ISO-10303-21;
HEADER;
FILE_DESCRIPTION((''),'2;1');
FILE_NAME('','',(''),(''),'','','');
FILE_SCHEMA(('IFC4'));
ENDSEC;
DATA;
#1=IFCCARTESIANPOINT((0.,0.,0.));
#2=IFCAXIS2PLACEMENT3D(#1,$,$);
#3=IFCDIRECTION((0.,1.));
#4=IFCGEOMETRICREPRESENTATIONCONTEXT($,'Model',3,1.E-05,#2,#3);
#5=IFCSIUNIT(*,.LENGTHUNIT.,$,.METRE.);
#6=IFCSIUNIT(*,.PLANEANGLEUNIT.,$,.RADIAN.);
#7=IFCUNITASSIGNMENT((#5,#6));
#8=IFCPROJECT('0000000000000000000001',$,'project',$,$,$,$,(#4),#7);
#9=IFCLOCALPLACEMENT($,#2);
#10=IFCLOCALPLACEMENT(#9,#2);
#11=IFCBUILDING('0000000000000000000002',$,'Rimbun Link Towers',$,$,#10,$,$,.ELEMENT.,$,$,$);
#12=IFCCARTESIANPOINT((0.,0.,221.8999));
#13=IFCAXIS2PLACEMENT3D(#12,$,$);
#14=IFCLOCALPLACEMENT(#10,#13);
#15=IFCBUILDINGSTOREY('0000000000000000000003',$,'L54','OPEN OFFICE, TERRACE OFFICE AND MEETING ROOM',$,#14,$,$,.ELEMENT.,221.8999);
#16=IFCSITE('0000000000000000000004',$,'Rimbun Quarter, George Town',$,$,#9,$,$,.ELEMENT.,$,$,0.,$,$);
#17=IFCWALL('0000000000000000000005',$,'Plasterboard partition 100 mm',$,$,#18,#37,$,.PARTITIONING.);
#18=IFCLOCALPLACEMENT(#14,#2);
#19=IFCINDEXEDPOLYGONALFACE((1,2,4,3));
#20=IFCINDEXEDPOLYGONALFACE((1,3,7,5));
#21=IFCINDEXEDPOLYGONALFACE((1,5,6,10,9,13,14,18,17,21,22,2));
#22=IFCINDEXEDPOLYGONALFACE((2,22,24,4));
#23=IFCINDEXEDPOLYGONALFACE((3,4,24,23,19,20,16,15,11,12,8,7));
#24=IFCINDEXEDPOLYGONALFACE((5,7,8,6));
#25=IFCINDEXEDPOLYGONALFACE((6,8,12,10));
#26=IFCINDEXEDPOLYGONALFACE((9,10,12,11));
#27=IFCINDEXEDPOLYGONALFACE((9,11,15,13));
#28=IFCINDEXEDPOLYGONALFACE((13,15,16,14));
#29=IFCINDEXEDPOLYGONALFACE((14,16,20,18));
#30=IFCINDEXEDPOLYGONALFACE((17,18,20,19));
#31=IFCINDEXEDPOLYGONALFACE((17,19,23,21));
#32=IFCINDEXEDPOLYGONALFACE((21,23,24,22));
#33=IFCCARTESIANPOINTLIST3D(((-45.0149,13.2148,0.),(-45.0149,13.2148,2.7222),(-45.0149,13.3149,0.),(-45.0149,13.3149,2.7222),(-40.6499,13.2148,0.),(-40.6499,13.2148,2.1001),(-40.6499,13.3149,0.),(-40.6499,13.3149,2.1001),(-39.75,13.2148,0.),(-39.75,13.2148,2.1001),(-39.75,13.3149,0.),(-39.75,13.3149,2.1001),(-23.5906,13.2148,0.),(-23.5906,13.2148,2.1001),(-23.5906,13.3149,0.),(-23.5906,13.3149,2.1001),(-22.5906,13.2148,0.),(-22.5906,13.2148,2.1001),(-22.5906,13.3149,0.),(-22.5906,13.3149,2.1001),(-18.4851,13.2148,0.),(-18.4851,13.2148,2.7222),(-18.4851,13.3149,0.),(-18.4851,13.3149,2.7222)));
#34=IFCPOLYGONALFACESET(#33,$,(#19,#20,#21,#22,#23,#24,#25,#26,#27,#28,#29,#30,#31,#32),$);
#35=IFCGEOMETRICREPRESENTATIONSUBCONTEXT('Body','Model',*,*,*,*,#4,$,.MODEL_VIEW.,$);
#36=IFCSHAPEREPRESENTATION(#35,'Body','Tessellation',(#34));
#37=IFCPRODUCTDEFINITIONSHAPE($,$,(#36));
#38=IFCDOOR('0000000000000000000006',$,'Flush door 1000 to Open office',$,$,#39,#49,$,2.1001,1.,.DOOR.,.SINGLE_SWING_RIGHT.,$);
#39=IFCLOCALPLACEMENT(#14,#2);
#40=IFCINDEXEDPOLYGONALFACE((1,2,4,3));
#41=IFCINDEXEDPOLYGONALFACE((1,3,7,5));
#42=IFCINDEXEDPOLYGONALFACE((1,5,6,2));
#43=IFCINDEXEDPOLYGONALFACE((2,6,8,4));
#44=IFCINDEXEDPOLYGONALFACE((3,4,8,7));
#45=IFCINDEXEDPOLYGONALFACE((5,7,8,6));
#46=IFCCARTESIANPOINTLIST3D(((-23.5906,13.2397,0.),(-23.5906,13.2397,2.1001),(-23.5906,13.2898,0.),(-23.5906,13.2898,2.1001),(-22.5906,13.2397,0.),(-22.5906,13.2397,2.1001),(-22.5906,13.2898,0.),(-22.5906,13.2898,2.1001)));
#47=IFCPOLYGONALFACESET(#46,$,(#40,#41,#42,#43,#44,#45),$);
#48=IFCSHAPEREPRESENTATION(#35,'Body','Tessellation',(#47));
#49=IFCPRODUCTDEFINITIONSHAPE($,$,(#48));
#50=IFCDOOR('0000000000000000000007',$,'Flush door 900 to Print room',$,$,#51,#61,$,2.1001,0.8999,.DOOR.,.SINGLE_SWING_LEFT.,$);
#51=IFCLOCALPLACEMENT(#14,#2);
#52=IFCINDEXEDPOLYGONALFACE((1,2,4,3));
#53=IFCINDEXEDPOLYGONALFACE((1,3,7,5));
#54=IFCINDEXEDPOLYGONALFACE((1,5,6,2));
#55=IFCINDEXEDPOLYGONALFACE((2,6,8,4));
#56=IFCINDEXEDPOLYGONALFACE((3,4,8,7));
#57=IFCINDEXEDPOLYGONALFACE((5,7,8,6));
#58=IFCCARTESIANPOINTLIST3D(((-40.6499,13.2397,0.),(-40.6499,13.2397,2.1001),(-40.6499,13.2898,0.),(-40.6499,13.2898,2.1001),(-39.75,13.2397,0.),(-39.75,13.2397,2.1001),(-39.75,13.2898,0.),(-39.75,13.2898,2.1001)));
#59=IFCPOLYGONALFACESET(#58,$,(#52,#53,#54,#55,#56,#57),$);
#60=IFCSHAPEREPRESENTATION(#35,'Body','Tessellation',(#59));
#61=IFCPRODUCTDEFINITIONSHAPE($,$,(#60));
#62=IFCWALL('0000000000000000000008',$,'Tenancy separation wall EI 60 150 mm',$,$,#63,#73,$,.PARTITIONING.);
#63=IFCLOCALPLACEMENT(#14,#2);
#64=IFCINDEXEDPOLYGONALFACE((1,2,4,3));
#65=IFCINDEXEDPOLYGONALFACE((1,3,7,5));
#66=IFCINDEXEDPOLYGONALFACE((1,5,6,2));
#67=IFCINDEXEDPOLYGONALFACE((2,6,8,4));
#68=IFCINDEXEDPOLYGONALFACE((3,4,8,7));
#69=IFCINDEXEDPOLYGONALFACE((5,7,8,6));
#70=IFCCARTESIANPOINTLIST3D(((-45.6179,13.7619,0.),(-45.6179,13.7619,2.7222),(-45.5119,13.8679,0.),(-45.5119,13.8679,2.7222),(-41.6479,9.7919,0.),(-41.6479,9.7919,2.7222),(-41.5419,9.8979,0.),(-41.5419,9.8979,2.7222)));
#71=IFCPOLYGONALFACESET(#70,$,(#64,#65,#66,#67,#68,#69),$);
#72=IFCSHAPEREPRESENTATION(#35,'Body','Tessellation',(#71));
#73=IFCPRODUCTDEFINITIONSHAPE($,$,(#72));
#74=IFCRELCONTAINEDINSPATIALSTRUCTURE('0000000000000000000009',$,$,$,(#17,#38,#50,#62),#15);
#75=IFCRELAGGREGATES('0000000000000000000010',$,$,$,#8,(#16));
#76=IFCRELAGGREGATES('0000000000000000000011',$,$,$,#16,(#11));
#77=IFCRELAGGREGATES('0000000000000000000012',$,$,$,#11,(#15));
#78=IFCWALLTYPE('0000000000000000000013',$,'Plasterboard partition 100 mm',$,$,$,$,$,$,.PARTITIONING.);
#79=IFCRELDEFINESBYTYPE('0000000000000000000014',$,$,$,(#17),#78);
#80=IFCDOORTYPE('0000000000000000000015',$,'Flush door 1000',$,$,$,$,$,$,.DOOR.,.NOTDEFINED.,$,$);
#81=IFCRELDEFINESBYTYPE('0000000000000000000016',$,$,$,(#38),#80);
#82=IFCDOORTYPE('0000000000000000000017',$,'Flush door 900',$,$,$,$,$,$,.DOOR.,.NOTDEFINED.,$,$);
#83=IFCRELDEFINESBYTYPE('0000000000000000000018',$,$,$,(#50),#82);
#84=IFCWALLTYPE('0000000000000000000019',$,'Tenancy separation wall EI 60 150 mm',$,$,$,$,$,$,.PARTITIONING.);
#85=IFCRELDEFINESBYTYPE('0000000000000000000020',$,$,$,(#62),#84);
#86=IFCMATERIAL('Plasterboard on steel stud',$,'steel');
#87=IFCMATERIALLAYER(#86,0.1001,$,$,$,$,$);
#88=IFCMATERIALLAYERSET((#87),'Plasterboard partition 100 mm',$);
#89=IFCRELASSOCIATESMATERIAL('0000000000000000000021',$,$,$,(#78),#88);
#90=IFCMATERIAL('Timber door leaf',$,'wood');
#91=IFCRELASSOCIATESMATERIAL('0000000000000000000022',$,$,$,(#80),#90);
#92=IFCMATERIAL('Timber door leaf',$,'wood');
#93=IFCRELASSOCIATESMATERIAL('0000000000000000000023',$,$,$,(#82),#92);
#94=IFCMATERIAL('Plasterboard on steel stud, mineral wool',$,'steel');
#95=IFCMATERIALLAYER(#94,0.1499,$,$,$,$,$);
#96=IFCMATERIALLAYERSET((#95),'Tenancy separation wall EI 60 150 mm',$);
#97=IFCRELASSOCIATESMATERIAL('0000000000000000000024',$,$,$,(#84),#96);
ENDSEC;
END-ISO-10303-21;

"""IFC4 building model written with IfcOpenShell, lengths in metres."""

from ifc_helpers import new_model, si_unit, direction, frame, frame_2d, origin, place, context, subcontext, project, spatial, rectangle, extrude, material, layer, layer_set, type_object, element, fill, save


model = new_model("IFC4")

# Units and contexts
model_context = context("Model", 3, precision=1e-05, world=origin(), true_north=direction((0.0, 1.0)))
body_context = subcontext(model_context, "Body", "Model", "MODEL_VIEW")
ifc_project = project(units=[si_unit("LENGTHUNIT", "METRE"), si_unit("PLANEANGLEUNIT", "RADIAN")], contexts=[model_context])

# Site, building, storey
site_placement = place(None, origin())
site = spatial("IfcSite", under=ifc_project, at=site_placement, Name="Rimbun Quarter, George Town", CompositionType="ELEMENT", RefElevation=0.0)
building_placement = place(site_placement, origin())
building = spatial("IfcBuilding", under=site, at=building_placement, Name="Rimbun Link Towers", CompositionType="ELEMENT")
storey_placement = place(building_placement, frame((0.0, 0.0, 221.8999)))
storey = spatial("IfcBuildingStorey", under=building, at=storey_placement, Name="L54", Description="OPEN OFFICE, TERRACE OFFICE AND MEETING ROOM", CompositionType="ELEMENT", Elevation=221.8999)

# Wall, openings, doors
ifc_material_1 = material(Name="Plasterboard on steel stud", Category="steel")
ifc_layer_1 = layer(ifc_material_1, 0.1001)
ifc_layer_set_1 = layer_set([ifc_layer_1], Name="Plasterboard partition 100 mm")
wall_type_1 = type_object("IfcWallType", Name="Plasterboard partition 100 mm", PredefinedType="PARTITIONING", material=ifc_layer_set_1)
wall_1_placement = place(storey_placement, frame((-45.0149, 13.2649, 0.0), z_axis=(0.0, 0.0, 1.0), x_axis=(1.0, 0.0, 0.0)))
wall_1 = element("IfcWall", 1, at=wall_1_placement, inside=storey, type_object=wall_type_1, Name="Plasterboard partition 100 mm", PredefinedType="PARTITIONING", context=body_context, shape_type="SweptSolid", body=[
    extrude(rectangle(XDim=26.5298, YDim=0.1001, at=frame_2d((13.2649, 0.0))), origin(), (0.0, 0.0, 1.0), 2.7222),
])
opening_1_placement = place(wall_1_placement, frame((21.4243, 0.0, 0.0)))
opening_1 = element("IfcOpeningElement", 2, at=opening_1_placement, cuts=wall_1, PredefinedType="OPENING", context=body_context, shape_type="SweptSolid", body=[
    extrude(rectangle(XDim=1.0, YDim=2.1001, at=frame_2d((0.5, 1.05))), frame((0.0, 0.0601, 0.0), z_axis=(0.0, -1.0, 0.0), x_axis=(1.0, 0.0, 0.0)), (0.0, 0.0, 1.0), 0.1201),
])
opening_2_placement = place(wall_1_placement, frame((4.365, 0.0, 0.0)))
opening_2 = element("IfcOpeningElement", 3, at=opening_2_placement, cuts=wall_1, PredefinedType="OPENING", context=body_context, shape_type="SweptSolid", body=[
    extrude(rectangle(XDim=0.8999, YDim=2.1001, at=frame_2d((0.45, 1.05))), frame((0.0, 0.0601, 0.0), z_axis=(0.0, -1.0, 0.0), x_axis=(1.0, 0.0, 0.0)), (0.0, 0.0, 1.0), 0.1201),
])
ifc_material_2 = material(Name="Timber door leaf", Category="wood")
door_type_1 = type_object("IfcDoorType", Name="Flush door 1000", OperationType="NOTDEFINED", PredefinedType="DOOR", material=ifc_material_2)
door_1_placement = place(opening_1_placement, origin())
door_1 = element("IfcDoor", 4, at=door_1_placement, inside=storey, type_object=door_type_1, Name="Flush door 1000 to Open office", OperationType="SINGLE_SWING_RIGHT", OverallHeight=2.1001, OverallWidth=1.0, PredefinedType="DOOR", context=body_context, shape_type="SweptSolid", body=[
    extrude(rectangle(XDim=1.0, YDim=2.1001, at=frame_2d((0.5, 1.05))), frame((0.0, 0.0249, 0.0), z_axis=(0.0, -1.0, 0.0), x_axis=(1.0, 0.0, 0.0)), (0.0, 0.0, 1.0), 0.05),
])
fill(opening_1, door_1)
ifc_material_3 = material(Name="Timber door leaf", Category="wood")
door_type_2 = type_object("IfcDoorType", Name="Flush door 900", OperationType="NOTDEFINED", PredefinedType="DOOR", material=ifc_material_3)
door_2_placement = place(opening_2_placement, origin())
door_2 = element("IfcDoor", 5, at=door_2_placement, inside=storey, type_object=door_type_2, Name="Flush door 900 to Print room", OperationType="SINGLE_SWING_LEFT", OverallHeight=2.1001, OverallWidth=0.8999, PredefinedType="DOOR", context=body_context, shape_type="SweptSolid", body=[
    extrude(rectangle(XDim=0.8999, YDim=2.1001, at=frame_2d((0.45, 1.05))), frame((0.0, 0.0249, 0.0), z_axis=(0.0, -1.0, 0.0), x_axis=(1.0, 0.0, 0.0)), (0.0, 0.0, 1.0), 0.05),
])
fill(opening_2, door_2)

# Wall
ifc_material_4 = material(Name="Plasterboard on steel stud, mineral wool", Category="steel")
ifc_layer_2 = layer(ifc_material_4, 0.1499)
ifc_layer_set_2 = layer_set([ifc_layer_2], Name="Tenancy separation wall EI 60 150 mm")
wall_type_2 = type_object("IfcWallType", Name="Tenancy separation wall EI 60 150 mm", PredefinedType="PARTITIONING", material=ifc_layer_set_2)
wall_2_placement = place(storey_placement, frame((-41.595, 9.845, 0.0), z_axis=(0.0, 0.0, 1.0), x_axis=(-0.707107, 0.707107, 0.0)))
element("IfcWall", 6, at=wall_2_placement, inside=storey, type_object=wall_type_2, Name="Tenancy separation wall EI 60 150 mm", PredefinedType="PARTITIONING", context=body_context, shape_type="SweptSolid", body=[
    extrude(rectangle(XDim=5.6145, YDim=0.1499, at=frame_2d((2.8071, 0.0))), origin(), (0.0, 0.0, 1.0), 2.7222),
])

save(model, "model.ifc")
